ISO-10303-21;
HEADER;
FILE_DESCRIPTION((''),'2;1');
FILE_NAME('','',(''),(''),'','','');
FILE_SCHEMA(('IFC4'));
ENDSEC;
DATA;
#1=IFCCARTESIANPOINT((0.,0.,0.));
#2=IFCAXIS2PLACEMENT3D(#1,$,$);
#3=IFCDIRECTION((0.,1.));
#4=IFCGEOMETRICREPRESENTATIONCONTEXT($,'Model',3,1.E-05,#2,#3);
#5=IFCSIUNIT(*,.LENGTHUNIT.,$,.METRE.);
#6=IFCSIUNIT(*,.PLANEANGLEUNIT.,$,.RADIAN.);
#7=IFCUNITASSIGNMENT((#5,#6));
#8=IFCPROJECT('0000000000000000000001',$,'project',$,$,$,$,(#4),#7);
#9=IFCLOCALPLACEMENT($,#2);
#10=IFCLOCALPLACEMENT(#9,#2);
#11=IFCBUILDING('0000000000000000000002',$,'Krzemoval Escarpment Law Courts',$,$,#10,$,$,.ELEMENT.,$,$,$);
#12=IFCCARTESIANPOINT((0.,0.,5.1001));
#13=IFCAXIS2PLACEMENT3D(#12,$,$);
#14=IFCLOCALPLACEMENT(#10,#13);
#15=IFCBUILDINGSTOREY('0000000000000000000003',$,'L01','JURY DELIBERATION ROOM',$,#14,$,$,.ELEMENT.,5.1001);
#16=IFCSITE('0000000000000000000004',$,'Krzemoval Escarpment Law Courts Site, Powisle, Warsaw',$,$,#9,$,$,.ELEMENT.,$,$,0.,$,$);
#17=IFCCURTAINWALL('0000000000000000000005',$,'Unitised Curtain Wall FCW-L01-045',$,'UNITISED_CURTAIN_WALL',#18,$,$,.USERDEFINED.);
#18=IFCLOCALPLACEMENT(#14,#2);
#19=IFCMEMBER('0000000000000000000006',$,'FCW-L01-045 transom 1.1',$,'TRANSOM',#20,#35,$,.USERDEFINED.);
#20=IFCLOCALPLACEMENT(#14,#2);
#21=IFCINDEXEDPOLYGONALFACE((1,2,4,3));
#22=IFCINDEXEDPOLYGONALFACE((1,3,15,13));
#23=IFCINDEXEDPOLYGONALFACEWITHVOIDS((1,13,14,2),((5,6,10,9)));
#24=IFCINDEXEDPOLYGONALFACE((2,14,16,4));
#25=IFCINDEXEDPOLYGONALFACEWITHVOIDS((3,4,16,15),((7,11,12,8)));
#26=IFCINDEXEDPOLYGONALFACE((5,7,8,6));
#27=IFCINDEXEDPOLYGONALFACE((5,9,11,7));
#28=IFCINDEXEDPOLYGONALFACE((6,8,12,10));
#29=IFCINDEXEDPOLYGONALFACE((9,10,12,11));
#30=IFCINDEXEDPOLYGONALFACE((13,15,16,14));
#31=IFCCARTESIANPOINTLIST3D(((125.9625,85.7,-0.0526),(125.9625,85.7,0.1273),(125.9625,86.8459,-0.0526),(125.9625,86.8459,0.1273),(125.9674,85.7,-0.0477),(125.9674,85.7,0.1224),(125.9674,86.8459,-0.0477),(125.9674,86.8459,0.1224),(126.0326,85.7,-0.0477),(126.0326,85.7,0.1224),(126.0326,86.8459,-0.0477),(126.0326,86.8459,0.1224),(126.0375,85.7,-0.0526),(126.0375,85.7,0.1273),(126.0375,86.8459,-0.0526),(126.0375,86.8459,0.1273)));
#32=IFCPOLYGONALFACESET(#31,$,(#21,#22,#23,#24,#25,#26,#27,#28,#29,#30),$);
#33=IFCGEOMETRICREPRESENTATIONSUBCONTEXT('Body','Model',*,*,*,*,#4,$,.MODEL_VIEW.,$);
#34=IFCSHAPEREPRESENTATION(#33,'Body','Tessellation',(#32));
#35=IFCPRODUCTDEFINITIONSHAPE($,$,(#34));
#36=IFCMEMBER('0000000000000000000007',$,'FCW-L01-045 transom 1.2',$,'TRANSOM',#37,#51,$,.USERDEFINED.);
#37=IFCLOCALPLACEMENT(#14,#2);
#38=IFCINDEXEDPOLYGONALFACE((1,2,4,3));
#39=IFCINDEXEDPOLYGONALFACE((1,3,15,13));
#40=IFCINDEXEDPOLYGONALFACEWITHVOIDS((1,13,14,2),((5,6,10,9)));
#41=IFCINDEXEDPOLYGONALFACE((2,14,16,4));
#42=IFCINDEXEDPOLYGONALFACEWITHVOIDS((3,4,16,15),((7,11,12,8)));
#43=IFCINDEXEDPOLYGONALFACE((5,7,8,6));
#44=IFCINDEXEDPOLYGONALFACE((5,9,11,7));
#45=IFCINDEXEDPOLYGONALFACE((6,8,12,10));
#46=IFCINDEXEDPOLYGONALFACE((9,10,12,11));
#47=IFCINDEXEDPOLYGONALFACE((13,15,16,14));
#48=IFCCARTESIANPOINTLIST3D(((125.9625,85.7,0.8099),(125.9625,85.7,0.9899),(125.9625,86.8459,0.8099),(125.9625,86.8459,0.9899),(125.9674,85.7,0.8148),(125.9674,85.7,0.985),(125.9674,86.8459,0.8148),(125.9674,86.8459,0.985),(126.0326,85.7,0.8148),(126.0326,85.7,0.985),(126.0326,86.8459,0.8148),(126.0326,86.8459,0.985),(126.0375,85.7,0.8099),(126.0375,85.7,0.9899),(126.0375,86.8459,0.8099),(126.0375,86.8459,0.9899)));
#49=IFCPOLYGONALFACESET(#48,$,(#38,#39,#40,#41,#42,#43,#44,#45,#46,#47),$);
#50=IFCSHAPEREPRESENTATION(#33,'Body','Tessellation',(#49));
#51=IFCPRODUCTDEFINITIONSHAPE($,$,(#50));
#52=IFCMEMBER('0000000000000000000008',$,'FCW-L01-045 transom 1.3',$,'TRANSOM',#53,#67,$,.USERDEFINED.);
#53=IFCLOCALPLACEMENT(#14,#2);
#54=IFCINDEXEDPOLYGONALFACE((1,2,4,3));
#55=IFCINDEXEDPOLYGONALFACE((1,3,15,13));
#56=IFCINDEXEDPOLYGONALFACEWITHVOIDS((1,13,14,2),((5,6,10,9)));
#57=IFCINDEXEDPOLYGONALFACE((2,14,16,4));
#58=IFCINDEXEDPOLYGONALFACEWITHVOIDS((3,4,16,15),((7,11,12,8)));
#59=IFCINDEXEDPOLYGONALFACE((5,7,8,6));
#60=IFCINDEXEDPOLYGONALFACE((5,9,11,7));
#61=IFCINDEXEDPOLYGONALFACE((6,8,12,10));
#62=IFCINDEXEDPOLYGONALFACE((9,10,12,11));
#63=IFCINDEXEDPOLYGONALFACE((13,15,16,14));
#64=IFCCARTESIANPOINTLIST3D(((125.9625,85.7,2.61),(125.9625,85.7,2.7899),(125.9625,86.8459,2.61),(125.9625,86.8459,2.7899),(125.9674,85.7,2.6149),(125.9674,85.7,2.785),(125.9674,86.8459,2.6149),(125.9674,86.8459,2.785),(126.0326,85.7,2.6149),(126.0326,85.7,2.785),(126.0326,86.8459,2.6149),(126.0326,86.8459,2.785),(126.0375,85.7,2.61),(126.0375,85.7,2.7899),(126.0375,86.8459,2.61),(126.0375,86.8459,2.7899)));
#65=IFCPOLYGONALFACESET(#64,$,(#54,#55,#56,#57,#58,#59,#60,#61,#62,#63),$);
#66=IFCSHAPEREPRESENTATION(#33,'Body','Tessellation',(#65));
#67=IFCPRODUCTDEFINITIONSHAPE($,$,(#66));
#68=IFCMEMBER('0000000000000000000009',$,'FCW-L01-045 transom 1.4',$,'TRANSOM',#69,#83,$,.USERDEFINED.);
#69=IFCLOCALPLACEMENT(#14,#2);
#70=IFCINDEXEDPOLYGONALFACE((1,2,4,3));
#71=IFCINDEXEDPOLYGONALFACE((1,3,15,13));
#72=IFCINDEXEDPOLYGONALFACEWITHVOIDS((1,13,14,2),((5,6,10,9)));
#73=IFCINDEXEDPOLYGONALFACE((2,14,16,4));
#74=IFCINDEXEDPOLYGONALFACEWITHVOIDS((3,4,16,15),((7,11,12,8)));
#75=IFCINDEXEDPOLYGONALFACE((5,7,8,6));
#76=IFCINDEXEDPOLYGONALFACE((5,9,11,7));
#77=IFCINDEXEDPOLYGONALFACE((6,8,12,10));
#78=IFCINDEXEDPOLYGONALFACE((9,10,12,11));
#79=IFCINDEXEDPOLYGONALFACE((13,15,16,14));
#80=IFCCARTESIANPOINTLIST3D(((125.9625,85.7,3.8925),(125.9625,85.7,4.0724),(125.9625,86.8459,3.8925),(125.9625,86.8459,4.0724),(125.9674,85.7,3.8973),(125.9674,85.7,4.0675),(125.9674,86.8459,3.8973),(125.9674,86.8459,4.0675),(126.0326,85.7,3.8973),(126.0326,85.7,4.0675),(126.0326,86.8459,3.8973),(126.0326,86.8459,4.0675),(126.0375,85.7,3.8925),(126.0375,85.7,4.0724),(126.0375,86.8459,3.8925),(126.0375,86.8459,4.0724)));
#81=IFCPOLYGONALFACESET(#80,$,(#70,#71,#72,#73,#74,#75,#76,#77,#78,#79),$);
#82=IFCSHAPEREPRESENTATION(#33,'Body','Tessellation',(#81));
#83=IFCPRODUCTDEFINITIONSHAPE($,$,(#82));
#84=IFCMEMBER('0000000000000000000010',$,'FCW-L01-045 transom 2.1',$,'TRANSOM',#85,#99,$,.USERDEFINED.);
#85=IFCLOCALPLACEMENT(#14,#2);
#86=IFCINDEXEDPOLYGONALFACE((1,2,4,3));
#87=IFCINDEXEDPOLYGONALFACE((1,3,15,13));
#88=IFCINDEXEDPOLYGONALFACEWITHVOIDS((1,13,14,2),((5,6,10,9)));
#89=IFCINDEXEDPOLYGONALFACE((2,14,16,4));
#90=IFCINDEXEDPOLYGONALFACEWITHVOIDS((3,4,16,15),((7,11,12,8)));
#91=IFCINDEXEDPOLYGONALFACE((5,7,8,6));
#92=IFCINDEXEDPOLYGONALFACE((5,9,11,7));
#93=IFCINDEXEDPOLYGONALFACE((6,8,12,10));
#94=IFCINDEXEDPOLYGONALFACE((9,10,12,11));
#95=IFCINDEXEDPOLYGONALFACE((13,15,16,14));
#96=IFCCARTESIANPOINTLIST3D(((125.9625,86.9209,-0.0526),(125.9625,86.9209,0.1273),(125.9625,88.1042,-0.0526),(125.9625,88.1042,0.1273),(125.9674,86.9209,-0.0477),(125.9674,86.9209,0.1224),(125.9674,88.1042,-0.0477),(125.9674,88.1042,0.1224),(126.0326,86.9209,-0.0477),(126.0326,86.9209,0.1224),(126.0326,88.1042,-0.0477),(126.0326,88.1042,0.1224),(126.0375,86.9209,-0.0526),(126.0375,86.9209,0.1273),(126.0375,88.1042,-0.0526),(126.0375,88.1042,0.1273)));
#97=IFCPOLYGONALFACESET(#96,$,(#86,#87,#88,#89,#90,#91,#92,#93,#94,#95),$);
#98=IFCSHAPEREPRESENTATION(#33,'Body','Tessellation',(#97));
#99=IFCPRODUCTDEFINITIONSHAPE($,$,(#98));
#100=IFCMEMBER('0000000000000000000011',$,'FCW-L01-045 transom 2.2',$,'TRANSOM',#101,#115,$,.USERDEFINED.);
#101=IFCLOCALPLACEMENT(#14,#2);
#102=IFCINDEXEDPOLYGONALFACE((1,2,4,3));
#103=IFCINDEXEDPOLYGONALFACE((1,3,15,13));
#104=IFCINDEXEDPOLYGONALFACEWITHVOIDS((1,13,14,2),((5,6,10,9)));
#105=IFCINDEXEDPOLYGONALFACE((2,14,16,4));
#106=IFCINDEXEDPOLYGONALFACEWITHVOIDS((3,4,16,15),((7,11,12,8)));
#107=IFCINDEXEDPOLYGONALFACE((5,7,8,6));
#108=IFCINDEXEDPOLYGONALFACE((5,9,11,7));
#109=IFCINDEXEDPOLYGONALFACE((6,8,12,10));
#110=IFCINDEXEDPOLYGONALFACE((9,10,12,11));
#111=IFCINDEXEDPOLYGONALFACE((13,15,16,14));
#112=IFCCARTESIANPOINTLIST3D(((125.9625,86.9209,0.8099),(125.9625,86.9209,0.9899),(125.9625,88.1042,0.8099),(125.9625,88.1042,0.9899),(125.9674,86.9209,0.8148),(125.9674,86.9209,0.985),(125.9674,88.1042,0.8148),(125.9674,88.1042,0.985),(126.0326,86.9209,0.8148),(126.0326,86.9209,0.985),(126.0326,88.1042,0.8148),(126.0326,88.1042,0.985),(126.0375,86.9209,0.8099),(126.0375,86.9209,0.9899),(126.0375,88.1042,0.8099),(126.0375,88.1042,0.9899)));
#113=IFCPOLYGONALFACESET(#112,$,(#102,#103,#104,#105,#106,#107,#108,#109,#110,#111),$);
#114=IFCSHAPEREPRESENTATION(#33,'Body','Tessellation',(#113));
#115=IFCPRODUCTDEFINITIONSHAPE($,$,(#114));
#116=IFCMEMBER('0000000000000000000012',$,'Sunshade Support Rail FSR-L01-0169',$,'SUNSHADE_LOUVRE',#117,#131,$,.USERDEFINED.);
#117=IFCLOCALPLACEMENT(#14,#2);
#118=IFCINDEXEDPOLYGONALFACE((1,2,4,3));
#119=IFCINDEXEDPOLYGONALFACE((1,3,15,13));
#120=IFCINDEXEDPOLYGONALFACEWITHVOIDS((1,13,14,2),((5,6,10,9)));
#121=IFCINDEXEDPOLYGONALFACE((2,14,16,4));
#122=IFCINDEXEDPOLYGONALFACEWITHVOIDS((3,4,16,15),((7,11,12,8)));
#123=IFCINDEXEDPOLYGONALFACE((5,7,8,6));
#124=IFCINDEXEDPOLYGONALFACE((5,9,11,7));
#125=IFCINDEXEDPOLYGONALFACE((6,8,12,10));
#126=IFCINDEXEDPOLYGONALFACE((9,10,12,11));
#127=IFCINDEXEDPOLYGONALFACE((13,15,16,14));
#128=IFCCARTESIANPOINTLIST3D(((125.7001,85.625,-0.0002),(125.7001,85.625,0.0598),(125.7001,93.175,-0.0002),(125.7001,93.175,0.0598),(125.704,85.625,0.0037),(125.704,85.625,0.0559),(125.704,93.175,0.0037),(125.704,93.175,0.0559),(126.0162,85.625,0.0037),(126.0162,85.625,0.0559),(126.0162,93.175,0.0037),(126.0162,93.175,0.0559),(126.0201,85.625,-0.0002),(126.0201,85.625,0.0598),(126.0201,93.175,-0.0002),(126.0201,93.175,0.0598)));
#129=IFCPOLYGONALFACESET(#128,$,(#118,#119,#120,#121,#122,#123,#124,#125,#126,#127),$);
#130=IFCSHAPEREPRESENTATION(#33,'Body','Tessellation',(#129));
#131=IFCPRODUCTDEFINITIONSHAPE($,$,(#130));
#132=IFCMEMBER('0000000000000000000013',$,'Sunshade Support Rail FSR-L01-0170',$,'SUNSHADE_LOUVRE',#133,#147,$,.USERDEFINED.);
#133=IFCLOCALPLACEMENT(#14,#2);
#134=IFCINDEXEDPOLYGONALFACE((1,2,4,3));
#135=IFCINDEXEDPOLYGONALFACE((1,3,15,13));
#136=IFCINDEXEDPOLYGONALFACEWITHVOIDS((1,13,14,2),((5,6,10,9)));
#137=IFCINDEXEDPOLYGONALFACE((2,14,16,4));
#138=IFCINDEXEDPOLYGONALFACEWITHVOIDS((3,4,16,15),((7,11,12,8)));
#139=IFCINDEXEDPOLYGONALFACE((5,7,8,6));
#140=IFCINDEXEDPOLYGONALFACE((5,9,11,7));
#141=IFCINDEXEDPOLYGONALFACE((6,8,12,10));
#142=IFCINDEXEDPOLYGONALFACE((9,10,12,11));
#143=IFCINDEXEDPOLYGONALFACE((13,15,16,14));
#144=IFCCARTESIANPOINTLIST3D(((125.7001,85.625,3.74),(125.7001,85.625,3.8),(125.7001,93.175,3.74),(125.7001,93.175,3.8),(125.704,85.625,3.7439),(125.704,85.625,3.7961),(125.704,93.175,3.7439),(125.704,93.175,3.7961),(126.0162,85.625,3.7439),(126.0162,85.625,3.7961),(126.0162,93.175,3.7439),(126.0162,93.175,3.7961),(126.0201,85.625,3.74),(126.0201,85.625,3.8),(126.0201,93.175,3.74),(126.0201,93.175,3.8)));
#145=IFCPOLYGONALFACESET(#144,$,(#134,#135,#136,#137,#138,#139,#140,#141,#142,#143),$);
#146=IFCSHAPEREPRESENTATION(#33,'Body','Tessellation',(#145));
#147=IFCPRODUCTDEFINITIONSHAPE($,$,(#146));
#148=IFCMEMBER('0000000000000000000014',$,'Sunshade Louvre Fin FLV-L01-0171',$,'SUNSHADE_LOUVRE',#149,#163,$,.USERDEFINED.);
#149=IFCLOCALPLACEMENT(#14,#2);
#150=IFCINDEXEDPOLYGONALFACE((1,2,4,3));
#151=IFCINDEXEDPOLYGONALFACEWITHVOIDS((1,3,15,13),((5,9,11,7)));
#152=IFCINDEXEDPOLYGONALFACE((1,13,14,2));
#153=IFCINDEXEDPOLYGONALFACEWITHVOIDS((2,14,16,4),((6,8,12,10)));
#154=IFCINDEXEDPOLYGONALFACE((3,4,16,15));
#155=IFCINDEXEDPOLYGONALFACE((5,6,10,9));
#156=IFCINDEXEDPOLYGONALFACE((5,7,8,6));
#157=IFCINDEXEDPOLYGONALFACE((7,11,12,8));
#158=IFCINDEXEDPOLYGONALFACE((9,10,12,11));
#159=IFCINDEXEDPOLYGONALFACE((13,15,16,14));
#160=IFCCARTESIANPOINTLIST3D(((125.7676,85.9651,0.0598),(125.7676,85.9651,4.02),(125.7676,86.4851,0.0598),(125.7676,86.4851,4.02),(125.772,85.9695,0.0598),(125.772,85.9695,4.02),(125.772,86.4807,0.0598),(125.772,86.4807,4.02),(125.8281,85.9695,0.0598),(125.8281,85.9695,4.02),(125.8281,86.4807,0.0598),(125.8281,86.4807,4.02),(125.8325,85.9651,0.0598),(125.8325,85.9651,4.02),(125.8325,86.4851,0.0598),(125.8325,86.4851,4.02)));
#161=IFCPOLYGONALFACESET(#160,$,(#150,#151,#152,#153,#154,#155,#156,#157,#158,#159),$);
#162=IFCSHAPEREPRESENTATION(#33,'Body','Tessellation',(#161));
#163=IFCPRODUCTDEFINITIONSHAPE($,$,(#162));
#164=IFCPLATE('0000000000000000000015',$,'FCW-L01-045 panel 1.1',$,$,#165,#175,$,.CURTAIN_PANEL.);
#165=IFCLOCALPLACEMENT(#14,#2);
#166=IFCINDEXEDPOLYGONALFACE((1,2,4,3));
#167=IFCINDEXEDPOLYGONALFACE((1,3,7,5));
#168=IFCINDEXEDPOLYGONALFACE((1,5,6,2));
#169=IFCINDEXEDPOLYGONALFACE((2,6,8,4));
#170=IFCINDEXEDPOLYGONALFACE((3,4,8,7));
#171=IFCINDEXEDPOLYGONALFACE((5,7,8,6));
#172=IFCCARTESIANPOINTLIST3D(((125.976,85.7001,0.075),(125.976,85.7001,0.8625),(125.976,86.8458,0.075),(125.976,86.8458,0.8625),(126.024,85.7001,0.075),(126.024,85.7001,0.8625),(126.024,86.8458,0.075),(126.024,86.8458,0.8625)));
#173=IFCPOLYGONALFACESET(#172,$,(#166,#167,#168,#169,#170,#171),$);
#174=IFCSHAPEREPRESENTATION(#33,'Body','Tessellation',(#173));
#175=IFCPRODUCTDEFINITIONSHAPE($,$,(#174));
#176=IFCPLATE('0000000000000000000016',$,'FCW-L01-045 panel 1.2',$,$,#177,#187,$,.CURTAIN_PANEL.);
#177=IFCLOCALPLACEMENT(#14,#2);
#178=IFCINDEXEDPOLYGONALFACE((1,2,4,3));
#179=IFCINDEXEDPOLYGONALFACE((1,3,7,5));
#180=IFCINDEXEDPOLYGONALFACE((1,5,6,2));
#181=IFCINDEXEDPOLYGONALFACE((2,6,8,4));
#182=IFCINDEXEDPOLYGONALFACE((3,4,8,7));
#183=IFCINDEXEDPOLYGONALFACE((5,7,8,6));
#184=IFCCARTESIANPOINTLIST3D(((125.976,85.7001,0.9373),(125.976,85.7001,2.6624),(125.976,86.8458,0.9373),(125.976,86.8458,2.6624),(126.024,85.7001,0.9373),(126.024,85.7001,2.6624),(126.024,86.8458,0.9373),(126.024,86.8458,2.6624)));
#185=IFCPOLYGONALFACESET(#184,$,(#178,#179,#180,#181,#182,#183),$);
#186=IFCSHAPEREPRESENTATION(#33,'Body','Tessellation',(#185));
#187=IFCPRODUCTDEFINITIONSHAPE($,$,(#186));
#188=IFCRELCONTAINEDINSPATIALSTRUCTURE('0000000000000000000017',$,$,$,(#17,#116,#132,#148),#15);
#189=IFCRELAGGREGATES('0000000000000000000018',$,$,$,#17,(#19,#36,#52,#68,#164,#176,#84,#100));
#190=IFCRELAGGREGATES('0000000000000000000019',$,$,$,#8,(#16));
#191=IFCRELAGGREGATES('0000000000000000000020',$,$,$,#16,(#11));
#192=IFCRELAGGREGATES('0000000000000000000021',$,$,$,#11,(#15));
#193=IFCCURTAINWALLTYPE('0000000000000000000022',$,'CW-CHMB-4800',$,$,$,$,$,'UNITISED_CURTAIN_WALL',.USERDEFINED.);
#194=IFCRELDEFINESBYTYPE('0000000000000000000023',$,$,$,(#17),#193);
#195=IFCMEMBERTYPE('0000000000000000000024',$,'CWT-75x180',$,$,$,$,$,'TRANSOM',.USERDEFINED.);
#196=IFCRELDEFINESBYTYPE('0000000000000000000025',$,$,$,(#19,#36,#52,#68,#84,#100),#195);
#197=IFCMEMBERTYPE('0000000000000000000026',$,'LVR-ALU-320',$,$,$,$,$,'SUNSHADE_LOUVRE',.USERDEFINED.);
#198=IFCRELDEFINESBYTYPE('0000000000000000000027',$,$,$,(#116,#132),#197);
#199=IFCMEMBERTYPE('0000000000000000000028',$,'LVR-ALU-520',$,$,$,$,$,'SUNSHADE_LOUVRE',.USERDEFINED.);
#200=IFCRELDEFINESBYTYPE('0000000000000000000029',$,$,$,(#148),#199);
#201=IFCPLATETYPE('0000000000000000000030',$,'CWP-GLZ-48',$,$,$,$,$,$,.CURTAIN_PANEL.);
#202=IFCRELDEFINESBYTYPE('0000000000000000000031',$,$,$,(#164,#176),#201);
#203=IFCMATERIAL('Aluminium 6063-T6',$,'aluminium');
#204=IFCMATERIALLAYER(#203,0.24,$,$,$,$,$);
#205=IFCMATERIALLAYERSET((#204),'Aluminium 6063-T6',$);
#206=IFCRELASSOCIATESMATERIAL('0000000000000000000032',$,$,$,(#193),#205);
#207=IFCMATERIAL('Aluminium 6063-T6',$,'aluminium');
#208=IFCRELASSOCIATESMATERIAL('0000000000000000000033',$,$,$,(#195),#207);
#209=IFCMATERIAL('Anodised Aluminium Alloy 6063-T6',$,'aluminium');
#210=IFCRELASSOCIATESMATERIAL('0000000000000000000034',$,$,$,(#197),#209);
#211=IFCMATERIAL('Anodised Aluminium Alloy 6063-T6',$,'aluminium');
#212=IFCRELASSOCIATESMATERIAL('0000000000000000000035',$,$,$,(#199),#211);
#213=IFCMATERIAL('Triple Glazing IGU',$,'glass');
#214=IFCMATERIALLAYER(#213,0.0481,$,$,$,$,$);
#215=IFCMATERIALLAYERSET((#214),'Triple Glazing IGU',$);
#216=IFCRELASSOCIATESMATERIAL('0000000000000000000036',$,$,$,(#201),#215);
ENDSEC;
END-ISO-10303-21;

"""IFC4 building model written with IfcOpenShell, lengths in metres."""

from ifc_helpers import new_model, si_unit, direction, frame, origin, origin_2d, place, context, subcontext, project, spatial, rectangle, hollow_rectangle, extrude, material, layer, layer_set, material_profile, profile_set, type_object, element, aggregate, save


model = new_model("IFC4")

# Units and contexts
model_context = context("Model", 3, precision=1e-05, world=origin(), true_north=direction((0.0, 1.0)))
body_context = subcontext(model_context, "Body", "Model", "MODEL_VIEW")
ifc_project = project(units=[si_unit("LENGTHUNIT", "METRE"), si_unit("PLANEANGLEUNIT", "RADIAN")], contexts=[model_context])

# Site, building, storey
site_placement = place(None, origin())
site = spatial("IfcSite", under=ifc_project, at=site_placement, Name="Krzemoval Escarpment Law Courts Site, Powisle, Warsaw", CompositionType="ELEMENT", RefElevation=0.0)
building_placement = place(site_placement, origin())
building = spatial("IfcBuilding", under=site, at=building_placement, Name="Krzemoval Escarpment Law Courts", CompositionType="ELEMENT")
storey_placement = place(building_placement, frame((0.0, 0.0, 5.1001)))
storey = spatial("IfcBuildingStorey", under=building, at=storey_placement, Name="L01", Description="JURY DELIBERATION ROOM", CompositionType="ELEMENT", Elevation=5.1001)

# Curtain wall, members
ifc_material_1 = material(Name="Aluminium 6063-T6", Category="aluminium")
ifc_layer_1 = layer(ifc_material_1, 0.24)
ifc_layer_set_1 = layer_set([ifc_layer_1], Name="Aluminium 6063-T6")
curtain_wall_type = type_object("IfcCurtainWallType", Name="CW-CHMB-4800", ElementType="UNITISED_CURTAIN_WALL", PredefinedType="USERDEFINED", material=ifc_layer_set_1)
curtain_wall_placement = place(storey_placement, origin())
curtain_wall = element("IfcCurtainWall", 1, at=curtain_wall_placement, inside=storey, type_object=curtain_wall_type, Name="Unitised Curtain Wall FCW-L01-045", ObjectType="UNITISED_CURTAIN_WALL", PredefinedType="USERDEFINED")
ifc_material_2 = material(Name="Aluminium 6063-T6", Category="aluminium")
ifc_material_profile_1 = material_profile(ifc_material_2, hollow_rectangle(XDim=0.075, YDim=0.1799, WallThickness=0.0049, at=origin_2d()), Name="ALU T75x180")
ifc_profile_set_1 = profile_set([ifc_material_profile_1], Name="Aluminium 6063-T6")
member_type_1 = type_object("IfcMemberType", Name="CWT-75x180", ElementType="TRANSOM", PredefinedType="USERDEFINED", material=ifc_profile_set_1)
member_1_placement = place(storey_placement, frame((126.0, 85.7, 0.0374), z_axis=(0.0, 1.0, 0.0), x_axis=(-1.0, 0.0, 0.0)))
member_1 = element("IfcMember", 2, at=member_1_placement, type_object=member_type_1, Name="FCW-L01-045 transom 1.1", ObjectType="TRANSOM", PredefinedType="USERDEFINED", context=body_context, shape_type="SweptSolid", body=[
    extrude(hollow_rectangle(XDim=0.075, YDim=0.1799, WallThickness=0.0049, at=origin_2d()), origin(), (0.0, 0.0, 1.0), 1.146),
])
member_2_placement = place(storey_placement, frame((126.0, 85.7, 0.8999), z_axis=(0.0, 1.0, 0.0), x_axis=(-1.0, 0.0, 0.0)))
member_2 = element("IfcMember", 3, at=member_2_placement, type_object=member_type_1, Name="FCW-L01-045 transom 1.2", ObjectType="TRANSOM", PredefinedType="USERDEFINED", context=body_context, shape_type="SweptSolid", body=[
    extrude(hollow_rectangle(XDim=0.075, YDim=0.1799, WallThickness=0.0049, at=origin_2d()), origin(), (0.0, 0.0, 1.0), 1.146),
])
member_3_placement = place(storey_placement, frame((126.0, 85.7, 2.7), z_axis=(0.0, 1.0, 0.0), x_axis=(-1.0, 0.0, 0.0)))
member_3 = element("IfcMember", 4, at=member_3_placement, type_object=member_type_1, Name="FCW-L01-045 transom 1.3", ObjectType="TRANSOM", PredefinedType="USERDEFINED", context=body_context, shape_type="SweptSolid", body=[
    extrude(hollow_rectangle(XDim=0.075, YDim=0.1799, WallThickness=0.0049, at=origin_2d()), origin(), (0.0, 0.0, 1.0), 1.146),
])
member_4_placement = place(storey_placement, frame((126.0, 85.7, 3.9824), z_axis=(0.0, 1.0, 0.0), x_axis=(-1.0, 0.0, 0.0)))
member_4 = element("IfcMember", 5, at=member_4_placement, type_object=member_type_1, Name="FCW-L01-045 transom 1.4", ObjectType="TRANSOM", PredefinedType="USERDEFINED", context=body_context, shape_type="SweptSolid", body=[
    extrude(hollow_rectangle(XDim=0.075, YDim=0.1799, WallThickness=0.0049, at=origin_2d()), origin(), (0.0, 0.0, 1.0), 1.146),
])
member_5_placement = place(storey_placement, frame((126.0, 86.9209, 0.0374), z_axis=(0.0, 1.0, 0.0), x_axis=(-1.0, 0.0, 0.0)))
member_5 = element("IfcMember", 6, at=member_5_placement, type_object=member_type_1, Name="FCW-L01-045 transom 2.1", ObjectType="TRANSOM", PredefinedType="USERDEFINED", context=body_context, shape_type="SweptSolid", body=[
    extrude(hollow_rectangle(XDim=0.075, YDim=0.1799, WallThickness=0.0049, at=origin_2d()), origin(), (0.0, 0.0, 1.0), 1.1833),
])
member_6_placement = place(storey_placement, frame((126.0, 86.9209, 0.8999), z_axis=(0.0, 1.0, 0.0), x_axis=(-1.0, 0.0, 0.0)))
member_6 = element("IfcMember", 7, at=member_6_placement, type_object=member_type_1, Name="FCW-L01-045 transom 2.2", ObjectType="TRANSOM", PredefinedType="USERDEFINED", context=body_context, shape_type="SweptSolid", body=[
    extrude(hollow_rectangle(XDim=0.075, YDim=0.1799, WallThickness=0.0049, at=origin_2d()), origin(), (0.0, 0.0, 1.0), 1.1833),
])

# Members
ifc_material_3 = material(Name="Anodised Aluminium Alloy 6063-T6", Category="aluminium")
ifc_material_profile_2 = material_profile(ifc_material_3, hollow_rectangle(XDim=0.0601, YDim=0.3201, WallThickness=0.0039, at=origin_2d()), Name="ALU LVR 60x320")
ifc_profile_set_2 = profile_set([ifc_material_profile_2], Name="Anodised Aluminium Alloy 6063-T6")
member_type_2 = type_object("IfcMemberType", Name="LVR-ALU-320", ElementType="SUNSHADE_LOUVRE", PredefinedType="USERDEFINED", material=ifc_profile_set_2)
for number, where, z_axis, x_axis, name in (
    (8, (125.8601, 85.625, 0.0298), (0.0, 1.0, 0.0), (0.0, 0.0, 1.0), "Sunshade Support Rail FSR-L01-0169"),
    (9, (125.8601, 85.625, 3.77), (0.0, 1.0, 0.0), (0.0, 0.0, 1.0), "Sunshade Support Rail FSR-L01-0170"),
):
    element("IfcMember", number, at=place(storey_placement, frame(where, z_axis=z_axis, x_axis=x_axis)), inside=storey, type_object=member_type_2, Name=name, ObjectType="SUNSHADE_LOUVRE", PredefinedType="USERDEFINED", context=body_context, shape_type="SweptSolid", body=[
        extrude(hollow_rectangle(XDim=0.0601, YDim=0.3201, WallThickness=0.0039, at=origin_2d()), origin(), (0.0, 0.0, 1.0), 7.55),
    ])
ifc_material_4 = material(Name="Anodised Aluminium Alloy 6063-T6", Category="aluminium")
ifc_material_profile_3 = material_profile(ifc_material_4, hollow_rectangle(XDim=0.0649, YDim=0.52, WallThickness=0.0044, at=origin_2d()), Name="ALU LVR 65x520")
ifc_profile_set_3 = profile_set([ifc_material_profile_3], Name="Anodised Aluminium Alloy 6063-T6")
member_type_3 = type_object("IfcMemberType", Name="LVR-ALU-520", ElementType="SUNSHADE_LOUVRE", PredefinedType="USERDEFINED", material=ifc_profile_set_3)
member_7_placement = place(storey_placement, frame((125.8, 86.2251, 0.0598), z_axis=(0.0, 0.0, 1.0), x_axis=(1.0, 0.0, 0.0)))
element("IfcMember", 10, at=member_7_placement, inside=storey, type_object=member_type_3, Name="Sunshade Louvre Fin FLV-L01-0171", ObjectType="SUNSHADE_LOUVRE", PredefinedType="USERDEFINED", context=body_context, shape_type="SweptSolid", body=[
    extrude(hollow_rectangle(XDim=0.0649, YDim=0.52, WallThickness=0.0044, at=origin_2d()), origin(), (0.0, 0.0, 1.0), 3.9602),
])

# Plates
ifc_material_5 = material(Name="Triple Glazing IGU", Category="glass")
ifc_layer_2 = layer(ifc_material_5, 0.0481)
ifc_layer_set_2 = layer_set([ifc_layer_2], Name="Triple Glazing IGU")
plate_type = type_object("IfcPlateType", Name="CWP-GLZ-48", PredefinedType="CURTAIN_PANEL", material=ifc_layer_set_2)
plate_1_placement = place(storey_placement, frame((126.0, 86.2729, 0.075), z_axis=(0.0, 0.0, 1.0), x_axis=(0.0, 1.0, 0.0)))
plate_1 = element("IfcPlate", 11, at=plate_1_placement, type_object=plate_type, Name="FCW-L01-045 panel 1.1", PredefinedType="CURTAIN_PANEL", context=body_context, shape_type="SweptSolid", body=[
    extrude(rectangle(XDim=1.1458, YDim=0.0481, at=origin_2d()), origin(), (0.0, 0.0, 1.0), 0.7876),
])
plate_2_placement = place(storey_placement, frame((126.0, 86.2729, 0.9373), z_axis=(0.0, 0.0, 1.0), x_axis=(0.0, 1.0, 0.0)))
plate_2 = element("IfcPlate", 12, at=plate_2_placement, type_object=plate_type, Name="FCW-L01-045 panel 1.2", PredefinedType="CURTAIN_PANEL", context=body_context, shape_type="SweptSolid", body=[
    extrude(rectangle(XDim=1.1458, YDim=0.0481, at=origin_2d()), origin(), (0.0, 0.0, 1.0), 1.7251),
])
aggregate(curtain_wall, [member_1, member_2, member_3, member_4, plate_1, plate_2, member_5, member_6])

save(model, "model.ifc")
